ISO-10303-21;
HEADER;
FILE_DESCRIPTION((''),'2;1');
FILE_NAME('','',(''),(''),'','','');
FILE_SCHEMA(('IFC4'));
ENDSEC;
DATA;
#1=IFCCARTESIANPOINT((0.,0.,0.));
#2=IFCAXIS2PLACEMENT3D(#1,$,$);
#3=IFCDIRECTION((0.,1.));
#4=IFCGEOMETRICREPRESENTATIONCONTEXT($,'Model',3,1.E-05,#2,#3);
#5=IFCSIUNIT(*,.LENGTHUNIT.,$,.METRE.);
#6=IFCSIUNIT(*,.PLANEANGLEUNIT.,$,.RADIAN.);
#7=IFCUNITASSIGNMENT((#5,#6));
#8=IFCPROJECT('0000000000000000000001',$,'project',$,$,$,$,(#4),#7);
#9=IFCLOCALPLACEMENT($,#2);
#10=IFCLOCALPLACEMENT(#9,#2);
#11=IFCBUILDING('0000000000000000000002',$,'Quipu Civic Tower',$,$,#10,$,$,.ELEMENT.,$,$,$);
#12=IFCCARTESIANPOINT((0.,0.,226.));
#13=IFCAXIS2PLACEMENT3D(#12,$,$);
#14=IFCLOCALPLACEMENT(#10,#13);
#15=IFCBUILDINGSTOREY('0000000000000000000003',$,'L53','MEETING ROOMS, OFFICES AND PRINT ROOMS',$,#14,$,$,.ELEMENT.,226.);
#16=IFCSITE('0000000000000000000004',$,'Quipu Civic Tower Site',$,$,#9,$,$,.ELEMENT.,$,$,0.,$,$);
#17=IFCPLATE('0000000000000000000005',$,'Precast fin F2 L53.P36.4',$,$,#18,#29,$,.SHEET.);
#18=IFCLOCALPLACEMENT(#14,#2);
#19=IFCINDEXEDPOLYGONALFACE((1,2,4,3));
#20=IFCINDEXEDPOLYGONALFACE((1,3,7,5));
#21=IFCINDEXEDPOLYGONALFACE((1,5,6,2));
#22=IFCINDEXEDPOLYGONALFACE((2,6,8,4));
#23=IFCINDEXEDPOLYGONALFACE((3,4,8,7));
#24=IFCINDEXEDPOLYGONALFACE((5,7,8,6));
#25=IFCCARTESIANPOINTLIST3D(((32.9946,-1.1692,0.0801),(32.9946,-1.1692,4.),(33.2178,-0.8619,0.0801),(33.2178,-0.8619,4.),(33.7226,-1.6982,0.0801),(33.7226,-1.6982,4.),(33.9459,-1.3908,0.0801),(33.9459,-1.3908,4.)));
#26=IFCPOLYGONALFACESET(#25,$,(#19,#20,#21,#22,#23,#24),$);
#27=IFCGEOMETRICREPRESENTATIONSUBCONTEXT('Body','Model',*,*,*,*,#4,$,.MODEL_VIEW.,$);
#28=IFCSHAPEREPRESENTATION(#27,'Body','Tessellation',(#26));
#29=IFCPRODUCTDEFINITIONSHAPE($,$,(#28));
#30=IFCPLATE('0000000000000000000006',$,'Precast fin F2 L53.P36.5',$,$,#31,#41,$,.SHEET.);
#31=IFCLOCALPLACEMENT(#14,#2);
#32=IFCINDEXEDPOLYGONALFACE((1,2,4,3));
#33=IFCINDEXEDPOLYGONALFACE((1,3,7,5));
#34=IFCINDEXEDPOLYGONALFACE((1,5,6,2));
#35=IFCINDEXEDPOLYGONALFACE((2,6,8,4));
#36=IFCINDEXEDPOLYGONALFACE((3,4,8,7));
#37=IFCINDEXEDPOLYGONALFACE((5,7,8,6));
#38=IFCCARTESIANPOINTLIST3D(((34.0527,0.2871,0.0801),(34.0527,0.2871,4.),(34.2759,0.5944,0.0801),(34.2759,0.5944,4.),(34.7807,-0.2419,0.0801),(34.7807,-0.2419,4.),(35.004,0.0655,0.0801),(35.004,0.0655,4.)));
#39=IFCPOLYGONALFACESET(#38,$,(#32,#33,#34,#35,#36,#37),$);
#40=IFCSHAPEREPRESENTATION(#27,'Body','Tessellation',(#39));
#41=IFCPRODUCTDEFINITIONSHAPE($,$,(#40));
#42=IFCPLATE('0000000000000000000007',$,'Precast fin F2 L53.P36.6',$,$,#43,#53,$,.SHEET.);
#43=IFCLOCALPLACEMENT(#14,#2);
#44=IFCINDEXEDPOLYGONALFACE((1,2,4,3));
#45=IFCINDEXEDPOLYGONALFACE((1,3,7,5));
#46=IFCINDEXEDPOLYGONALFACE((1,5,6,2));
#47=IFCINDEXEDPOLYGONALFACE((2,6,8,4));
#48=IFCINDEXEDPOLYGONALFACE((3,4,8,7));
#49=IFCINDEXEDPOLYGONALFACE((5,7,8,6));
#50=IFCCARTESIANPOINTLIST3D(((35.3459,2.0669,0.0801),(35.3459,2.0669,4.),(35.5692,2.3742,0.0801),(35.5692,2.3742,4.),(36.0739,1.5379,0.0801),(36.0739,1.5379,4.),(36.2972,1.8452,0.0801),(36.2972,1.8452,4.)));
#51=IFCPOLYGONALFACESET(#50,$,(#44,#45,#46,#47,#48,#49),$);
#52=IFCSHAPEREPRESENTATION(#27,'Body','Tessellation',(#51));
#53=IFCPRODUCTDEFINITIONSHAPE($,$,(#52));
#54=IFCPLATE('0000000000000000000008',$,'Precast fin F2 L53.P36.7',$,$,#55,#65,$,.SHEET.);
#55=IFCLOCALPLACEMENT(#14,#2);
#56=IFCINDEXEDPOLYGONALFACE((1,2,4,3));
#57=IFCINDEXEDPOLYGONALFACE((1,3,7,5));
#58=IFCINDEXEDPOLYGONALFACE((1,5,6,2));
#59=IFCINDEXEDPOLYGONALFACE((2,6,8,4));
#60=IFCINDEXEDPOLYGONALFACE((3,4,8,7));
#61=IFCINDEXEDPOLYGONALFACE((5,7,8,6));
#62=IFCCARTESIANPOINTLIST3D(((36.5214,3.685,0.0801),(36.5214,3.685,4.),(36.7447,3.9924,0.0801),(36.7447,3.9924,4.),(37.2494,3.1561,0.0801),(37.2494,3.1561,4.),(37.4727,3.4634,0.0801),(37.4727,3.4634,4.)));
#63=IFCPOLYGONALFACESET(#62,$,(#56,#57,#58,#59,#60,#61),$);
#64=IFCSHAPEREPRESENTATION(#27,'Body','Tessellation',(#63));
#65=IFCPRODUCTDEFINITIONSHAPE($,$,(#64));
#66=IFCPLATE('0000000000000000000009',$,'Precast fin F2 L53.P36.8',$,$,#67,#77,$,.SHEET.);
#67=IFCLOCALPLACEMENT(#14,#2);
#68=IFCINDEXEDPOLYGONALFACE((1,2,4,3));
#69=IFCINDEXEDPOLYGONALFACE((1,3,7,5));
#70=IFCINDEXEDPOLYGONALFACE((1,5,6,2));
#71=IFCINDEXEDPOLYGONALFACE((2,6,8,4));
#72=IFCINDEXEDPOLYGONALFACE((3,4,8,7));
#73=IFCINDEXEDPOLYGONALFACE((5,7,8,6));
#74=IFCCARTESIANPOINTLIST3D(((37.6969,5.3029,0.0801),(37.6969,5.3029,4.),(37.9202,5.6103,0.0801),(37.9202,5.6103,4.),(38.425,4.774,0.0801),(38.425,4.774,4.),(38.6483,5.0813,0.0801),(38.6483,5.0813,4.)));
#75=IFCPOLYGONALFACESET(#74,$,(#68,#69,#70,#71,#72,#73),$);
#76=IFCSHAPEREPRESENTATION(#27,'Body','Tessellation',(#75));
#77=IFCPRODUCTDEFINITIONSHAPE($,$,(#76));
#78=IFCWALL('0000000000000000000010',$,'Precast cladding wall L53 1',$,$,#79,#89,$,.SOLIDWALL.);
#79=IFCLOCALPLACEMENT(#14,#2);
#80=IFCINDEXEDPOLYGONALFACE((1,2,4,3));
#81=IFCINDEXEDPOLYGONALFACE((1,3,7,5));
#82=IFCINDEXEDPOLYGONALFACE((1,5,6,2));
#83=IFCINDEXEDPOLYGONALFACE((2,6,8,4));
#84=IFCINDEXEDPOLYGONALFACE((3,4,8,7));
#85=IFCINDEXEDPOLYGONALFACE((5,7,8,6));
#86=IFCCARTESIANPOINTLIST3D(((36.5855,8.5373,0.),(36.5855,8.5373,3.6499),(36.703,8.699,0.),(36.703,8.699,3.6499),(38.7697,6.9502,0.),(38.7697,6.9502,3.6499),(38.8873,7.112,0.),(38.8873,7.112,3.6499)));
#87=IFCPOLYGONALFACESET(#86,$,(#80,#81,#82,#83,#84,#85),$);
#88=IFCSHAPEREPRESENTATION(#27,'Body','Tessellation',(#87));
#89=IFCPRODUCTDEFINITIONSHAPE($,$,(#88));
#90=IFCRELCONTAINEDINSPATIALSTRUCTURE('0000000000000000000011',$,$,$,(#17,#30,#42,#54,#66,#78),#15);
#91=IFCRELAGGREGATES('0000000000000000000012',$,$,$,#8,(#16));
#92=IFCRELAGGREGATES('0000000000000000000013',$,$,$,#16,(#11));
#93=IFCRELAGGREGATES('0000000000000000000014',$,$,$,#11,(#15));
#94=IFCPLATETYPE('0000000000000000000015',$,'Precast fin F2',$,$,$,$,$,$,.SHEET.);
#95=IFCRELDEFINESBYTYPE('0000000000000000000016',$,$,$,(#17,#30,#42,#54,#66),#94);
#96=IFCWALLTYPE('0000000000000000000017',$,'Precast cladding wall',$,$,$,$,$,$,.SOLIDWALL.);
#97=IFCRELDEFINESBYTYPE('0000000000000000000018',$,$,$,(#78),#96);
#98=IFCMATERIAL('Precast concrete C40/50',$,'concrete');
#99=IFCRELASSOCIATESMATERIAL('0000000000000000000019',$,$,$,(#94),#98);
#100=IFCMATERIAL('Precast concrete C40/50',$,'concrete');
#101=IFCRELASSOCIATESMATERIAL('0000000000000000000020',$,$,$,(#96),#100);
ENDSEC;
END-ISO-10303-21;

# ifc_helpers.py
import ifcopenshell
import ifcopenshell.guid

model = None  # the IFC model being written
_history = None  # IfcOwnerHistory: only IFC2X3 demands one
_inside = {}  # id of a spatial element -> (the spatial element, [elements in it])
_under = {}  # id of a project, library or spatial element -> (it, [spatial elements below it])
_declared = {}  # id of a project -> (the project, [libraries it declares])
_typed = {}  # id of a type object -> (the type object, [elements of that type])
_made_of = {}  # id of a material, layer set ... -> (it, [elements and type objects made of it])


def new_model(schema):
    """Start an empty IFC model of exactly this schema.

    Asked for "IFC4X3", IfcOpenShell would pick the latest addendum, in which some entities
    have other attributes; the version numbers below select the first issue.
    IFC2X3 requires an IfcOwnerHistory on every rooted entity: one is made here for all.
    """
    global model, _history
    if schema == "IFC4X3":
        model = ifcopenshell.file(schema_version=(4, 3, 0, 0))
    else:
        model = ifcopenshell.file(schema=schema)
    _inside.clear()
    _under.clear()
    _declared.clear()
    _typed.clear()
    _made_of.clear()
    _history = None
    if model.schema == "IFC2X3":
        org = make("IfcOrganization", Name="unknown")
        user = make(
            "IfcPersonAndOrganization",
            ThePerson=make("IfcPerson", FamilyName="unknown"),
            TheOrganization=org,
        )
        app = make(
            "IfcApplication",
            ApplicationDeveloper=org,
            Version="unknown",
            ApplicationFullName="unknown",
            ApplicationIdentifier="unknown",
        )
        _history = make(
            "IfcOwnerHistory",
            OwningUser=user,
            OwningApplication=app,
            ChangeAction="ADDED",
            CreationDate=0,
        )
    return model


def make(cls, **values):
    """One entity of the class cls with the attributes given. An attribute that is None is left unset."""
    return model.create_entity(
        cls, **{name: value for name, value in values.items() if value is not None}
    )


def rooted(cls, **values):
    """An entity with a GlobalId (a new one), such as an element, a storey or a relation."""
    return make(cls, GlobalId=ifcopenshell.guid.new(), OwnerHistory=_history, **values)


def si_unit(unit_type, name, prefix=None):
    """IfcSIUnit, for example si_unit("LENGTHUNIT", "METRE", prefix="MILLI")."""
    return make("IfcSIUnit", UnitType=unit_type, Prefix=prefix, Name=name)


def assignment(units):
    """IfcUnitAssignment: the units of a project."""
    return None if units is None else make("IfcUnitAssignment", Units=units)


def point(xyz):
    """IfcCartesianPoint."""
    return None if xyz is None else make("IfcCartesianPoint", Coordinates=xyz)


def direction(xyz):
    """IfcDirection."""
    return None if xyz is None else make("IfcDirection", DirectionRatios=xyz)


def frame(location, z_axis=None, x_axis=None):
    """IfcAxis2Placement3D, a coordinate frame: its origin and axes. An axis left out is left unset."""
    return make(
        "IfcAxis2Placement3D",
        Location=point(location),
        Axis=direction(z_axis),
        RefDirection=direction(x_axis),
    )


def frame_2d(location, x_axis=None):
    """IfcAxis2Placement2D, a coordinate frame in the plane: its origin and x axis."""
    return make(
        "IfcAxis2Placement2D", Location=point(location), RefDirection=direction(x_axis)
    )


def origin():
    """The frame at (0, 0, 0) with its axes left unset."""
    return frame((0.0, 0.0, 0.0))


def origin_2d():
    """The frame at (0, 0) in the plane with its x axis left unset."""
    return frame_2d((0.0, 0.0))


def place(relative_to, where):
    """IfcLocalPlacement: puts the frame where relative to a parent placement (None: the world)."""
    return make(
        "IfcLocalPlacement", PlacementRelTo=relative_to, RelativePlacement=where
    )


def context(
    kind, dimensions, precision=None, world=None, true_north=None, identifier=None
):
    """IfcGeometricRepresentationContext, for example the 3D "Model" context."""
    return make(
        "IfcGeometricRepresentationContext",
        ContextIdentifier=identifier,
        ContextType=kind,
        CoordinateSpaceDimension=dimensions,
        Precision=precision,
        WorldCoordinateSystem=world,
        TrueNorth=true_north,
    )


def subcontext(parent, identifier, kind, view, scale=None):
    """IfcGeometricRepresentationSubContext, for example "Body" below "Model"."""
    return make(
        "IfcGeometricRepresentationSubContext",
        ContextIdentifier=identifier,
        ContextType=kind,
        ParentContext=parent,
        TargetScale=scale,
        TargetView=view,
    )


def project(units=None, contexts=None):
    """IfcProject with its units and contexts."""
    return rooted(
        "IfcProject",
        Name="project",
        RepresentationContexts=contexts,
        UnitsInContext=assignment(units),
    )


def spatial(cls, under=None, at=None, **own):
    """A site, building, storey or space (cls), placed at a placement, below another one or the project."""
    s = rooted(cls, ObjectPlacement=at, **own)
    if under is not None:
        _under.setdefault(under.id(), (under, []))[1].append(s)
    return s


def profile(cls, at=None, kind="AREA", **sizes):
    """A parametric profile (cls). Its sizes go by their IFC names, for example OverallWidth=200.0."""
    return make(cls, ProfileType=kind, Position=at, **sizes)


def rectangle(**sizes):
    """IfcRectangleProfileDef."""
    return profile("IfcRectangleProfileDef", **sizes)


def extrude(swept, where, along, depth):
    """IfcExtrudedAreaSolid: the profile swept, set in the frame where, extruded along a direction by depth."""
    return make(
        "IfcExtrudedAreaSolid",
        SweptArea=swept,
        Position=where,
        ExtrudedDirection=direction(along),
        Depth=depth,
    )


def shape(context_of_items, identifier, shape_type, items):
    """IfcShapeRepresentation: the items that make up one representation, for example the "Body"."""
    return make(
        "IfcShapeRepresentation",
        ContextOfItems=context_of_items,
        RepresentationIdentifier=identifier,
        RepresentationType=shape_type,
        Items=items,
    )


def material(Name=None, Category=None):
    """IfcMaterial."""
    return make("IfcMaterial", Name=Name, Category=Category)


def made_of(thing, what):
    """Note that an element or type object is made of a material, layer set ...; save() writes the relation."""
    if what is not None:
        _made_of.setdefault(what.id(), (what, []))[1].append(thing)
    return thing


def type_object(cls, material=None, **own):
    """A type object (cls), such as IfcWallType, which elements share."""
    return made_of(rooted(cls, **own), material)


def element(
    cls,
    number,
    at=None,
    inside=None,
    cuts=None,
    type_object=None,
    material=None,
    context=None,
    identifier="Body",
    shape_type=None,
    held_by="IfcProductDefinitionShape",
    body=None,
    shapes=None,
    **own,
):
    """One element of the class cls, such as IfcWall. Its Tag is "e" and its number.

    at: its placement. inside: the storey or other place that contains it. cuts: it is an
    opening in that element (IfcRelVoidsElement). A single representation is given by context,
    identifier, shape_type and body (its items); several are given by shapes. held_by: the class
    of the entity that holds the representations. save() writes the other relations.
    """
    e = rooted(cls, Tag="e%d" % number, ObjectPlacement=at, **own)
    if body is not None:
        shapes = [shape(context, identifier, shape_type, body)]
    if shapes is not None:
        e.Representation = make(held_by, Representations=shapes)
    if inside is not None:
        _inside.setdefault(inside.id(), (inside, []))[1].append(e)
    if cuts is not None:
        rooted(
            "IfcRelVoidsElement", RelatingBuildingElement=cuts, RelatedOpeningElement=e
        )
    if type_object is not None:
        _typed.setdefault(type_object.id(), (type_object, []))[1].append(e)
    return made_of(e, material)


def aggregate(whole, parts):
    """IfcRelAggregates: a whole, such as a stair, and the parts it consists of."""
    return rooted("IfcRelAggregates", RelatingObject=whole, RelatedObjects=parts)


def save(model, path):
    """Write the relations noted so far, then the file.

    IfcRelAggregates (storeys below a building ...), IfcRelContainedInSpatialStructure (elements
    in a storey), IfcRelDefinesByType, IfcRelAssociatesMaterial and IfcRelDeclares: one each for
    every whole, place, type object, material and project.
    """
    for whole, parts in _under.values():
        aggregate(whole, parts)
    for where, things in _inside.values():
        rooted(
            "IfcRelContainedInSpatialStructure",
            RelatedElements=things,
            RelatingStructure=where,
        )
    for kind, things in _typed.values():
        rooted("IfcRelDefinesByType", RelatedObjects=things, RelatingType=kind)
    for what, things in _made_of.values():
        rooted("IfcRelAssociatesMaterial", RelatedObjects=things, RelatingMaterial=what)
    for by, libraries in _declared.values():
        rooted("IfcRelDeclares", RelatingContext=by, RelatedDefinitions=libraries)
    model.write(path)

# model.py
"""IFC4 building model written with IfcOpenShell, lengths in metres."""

from ifc_helpers import new_model, si_unit, direction, frame, frame_2d, origin, origin_2d, place, context, subcontext, project, spatial, rectangle, extrude, material, type_object, element, save


model = new_model("IFC4")

# Units and contexts
model_context = context("Model", 3, precision=1e-05, world=origin(), true_north=direction((0.0, 1.0)))
body_context = subcontext(model_context, "Body", "Model", "MODEL_VIEW")
ifc_project = project(units=[si_unit("LENGTHUNIT", "METRE"), si_unit("PLANEANGLEUNIT", "RADIAN")], contexts=[model_context])

# Site, building, storey
site_placement = place(None, origin())
site = spatial("IfcSite", under=ifc_project, at=site_placement, Name="Quipu Civic Tower Site", CompositionType="ELEMENT", RefElevation=0.0)
building_placement = place(site_placement, origin())
building = spatial("IfcBuilding", under=site, at=building_placement, Name="Quipu Civic Tower", CompositionType="ELEMENT")
storey_placement = place(building_placement, frame((0.0, 0.0, 226.0)))
storey = spatial("IfcBuildingStorey", under=building, at=storey_placement, Name="L53", Description="MEETING ROOMS, OFFICES AND PRINT ROOMS", CompositionType="ELEMENT", Elevation=226.0)

# Plates
ifc_material_1 = material(Name="Precast concrete C40/50", Category="concrete")
plate_type_1 = type_object("IfcPlateType", Name="Precast fin F2", PredefinedType="SHEET", material=ifc_material_1)
for number, where, z_axis, x_axis, name in (
    (1, (33.4702, -1.28, 0.0801), (0.0, 0.0, 1.0), (0.587787, 0.809016, 0.0), "Precast fin F2 L53.P36.4"),
    (2, (34.5283, 0.1763, 0.0801), (0.0, 0.0, 1.0), (0.587787, 0.809016, 0.0), "Precast fin F2 L53.P36.5"),
    (3, (35.8215, 1.9561, 0.0801), (0.0, 0.0, 1.0), (0.587787, 0.809016, 0.0), "Precast fin F2 L53.P36.6"),
    (4, (36.9971, 3.5742, 0.0801), (0.0, 0.0, 1.0), (0.587787, 0.809016, 0.0), "Precast fin F2 L53.P36.7"),
    (5, (38.1726, 5.1921, 0.0801), (0.0, 0.0, 1.0), (0.587787, 0.809016, 0.0), "Precast fin F2 L53.P36.8"),
):
    element("IfcPlate", number, at=place(storey_placement, frame(where, z_axis=z_axis, x_axis=x_axis)), inside=storey, type_object=plate_type_1, Name=name, PredefinedType="SHEET", context=body_context, shape_type="SweptSolid", body=[
        extrude(rectangle(XDim=0.3799, YDim=0.8999, at=origin_2d()), origin(), (0.0, 0.0, 1.0), 3.9199),
    ])

# Wall
ifc_material_2 = material(Name="Precast concrete C40/50", Category="concrete")
wall_type = type_object("IfcWallType", Name="Precast cladding wall", PredefinedType="SOLIDWALL", material=ifc_material_2)
wall_placement = place(storey_placement, frame((38.8286, 7.031, 0.0), z_axis=(0.0, 0.0, 1.0), x_axis=(-0.80899, 0.587822, 0.0)))
element("IfcWall", 6, at=wall_placement, inside=storey, type_object=wall_type, Name="Precast cladding wall L53 1", PredefinedType="SOLIDWALL", context=body_context, shape_type="SweptSolid", body=[
    extrude(rectangle(XDim=2.7, YDim=0.2, at=frame_2d((1.3501, 0.0))), origin(), (0.0, 0.0, 1.0), 3.6499),
])

save(model, "model.ifc")
